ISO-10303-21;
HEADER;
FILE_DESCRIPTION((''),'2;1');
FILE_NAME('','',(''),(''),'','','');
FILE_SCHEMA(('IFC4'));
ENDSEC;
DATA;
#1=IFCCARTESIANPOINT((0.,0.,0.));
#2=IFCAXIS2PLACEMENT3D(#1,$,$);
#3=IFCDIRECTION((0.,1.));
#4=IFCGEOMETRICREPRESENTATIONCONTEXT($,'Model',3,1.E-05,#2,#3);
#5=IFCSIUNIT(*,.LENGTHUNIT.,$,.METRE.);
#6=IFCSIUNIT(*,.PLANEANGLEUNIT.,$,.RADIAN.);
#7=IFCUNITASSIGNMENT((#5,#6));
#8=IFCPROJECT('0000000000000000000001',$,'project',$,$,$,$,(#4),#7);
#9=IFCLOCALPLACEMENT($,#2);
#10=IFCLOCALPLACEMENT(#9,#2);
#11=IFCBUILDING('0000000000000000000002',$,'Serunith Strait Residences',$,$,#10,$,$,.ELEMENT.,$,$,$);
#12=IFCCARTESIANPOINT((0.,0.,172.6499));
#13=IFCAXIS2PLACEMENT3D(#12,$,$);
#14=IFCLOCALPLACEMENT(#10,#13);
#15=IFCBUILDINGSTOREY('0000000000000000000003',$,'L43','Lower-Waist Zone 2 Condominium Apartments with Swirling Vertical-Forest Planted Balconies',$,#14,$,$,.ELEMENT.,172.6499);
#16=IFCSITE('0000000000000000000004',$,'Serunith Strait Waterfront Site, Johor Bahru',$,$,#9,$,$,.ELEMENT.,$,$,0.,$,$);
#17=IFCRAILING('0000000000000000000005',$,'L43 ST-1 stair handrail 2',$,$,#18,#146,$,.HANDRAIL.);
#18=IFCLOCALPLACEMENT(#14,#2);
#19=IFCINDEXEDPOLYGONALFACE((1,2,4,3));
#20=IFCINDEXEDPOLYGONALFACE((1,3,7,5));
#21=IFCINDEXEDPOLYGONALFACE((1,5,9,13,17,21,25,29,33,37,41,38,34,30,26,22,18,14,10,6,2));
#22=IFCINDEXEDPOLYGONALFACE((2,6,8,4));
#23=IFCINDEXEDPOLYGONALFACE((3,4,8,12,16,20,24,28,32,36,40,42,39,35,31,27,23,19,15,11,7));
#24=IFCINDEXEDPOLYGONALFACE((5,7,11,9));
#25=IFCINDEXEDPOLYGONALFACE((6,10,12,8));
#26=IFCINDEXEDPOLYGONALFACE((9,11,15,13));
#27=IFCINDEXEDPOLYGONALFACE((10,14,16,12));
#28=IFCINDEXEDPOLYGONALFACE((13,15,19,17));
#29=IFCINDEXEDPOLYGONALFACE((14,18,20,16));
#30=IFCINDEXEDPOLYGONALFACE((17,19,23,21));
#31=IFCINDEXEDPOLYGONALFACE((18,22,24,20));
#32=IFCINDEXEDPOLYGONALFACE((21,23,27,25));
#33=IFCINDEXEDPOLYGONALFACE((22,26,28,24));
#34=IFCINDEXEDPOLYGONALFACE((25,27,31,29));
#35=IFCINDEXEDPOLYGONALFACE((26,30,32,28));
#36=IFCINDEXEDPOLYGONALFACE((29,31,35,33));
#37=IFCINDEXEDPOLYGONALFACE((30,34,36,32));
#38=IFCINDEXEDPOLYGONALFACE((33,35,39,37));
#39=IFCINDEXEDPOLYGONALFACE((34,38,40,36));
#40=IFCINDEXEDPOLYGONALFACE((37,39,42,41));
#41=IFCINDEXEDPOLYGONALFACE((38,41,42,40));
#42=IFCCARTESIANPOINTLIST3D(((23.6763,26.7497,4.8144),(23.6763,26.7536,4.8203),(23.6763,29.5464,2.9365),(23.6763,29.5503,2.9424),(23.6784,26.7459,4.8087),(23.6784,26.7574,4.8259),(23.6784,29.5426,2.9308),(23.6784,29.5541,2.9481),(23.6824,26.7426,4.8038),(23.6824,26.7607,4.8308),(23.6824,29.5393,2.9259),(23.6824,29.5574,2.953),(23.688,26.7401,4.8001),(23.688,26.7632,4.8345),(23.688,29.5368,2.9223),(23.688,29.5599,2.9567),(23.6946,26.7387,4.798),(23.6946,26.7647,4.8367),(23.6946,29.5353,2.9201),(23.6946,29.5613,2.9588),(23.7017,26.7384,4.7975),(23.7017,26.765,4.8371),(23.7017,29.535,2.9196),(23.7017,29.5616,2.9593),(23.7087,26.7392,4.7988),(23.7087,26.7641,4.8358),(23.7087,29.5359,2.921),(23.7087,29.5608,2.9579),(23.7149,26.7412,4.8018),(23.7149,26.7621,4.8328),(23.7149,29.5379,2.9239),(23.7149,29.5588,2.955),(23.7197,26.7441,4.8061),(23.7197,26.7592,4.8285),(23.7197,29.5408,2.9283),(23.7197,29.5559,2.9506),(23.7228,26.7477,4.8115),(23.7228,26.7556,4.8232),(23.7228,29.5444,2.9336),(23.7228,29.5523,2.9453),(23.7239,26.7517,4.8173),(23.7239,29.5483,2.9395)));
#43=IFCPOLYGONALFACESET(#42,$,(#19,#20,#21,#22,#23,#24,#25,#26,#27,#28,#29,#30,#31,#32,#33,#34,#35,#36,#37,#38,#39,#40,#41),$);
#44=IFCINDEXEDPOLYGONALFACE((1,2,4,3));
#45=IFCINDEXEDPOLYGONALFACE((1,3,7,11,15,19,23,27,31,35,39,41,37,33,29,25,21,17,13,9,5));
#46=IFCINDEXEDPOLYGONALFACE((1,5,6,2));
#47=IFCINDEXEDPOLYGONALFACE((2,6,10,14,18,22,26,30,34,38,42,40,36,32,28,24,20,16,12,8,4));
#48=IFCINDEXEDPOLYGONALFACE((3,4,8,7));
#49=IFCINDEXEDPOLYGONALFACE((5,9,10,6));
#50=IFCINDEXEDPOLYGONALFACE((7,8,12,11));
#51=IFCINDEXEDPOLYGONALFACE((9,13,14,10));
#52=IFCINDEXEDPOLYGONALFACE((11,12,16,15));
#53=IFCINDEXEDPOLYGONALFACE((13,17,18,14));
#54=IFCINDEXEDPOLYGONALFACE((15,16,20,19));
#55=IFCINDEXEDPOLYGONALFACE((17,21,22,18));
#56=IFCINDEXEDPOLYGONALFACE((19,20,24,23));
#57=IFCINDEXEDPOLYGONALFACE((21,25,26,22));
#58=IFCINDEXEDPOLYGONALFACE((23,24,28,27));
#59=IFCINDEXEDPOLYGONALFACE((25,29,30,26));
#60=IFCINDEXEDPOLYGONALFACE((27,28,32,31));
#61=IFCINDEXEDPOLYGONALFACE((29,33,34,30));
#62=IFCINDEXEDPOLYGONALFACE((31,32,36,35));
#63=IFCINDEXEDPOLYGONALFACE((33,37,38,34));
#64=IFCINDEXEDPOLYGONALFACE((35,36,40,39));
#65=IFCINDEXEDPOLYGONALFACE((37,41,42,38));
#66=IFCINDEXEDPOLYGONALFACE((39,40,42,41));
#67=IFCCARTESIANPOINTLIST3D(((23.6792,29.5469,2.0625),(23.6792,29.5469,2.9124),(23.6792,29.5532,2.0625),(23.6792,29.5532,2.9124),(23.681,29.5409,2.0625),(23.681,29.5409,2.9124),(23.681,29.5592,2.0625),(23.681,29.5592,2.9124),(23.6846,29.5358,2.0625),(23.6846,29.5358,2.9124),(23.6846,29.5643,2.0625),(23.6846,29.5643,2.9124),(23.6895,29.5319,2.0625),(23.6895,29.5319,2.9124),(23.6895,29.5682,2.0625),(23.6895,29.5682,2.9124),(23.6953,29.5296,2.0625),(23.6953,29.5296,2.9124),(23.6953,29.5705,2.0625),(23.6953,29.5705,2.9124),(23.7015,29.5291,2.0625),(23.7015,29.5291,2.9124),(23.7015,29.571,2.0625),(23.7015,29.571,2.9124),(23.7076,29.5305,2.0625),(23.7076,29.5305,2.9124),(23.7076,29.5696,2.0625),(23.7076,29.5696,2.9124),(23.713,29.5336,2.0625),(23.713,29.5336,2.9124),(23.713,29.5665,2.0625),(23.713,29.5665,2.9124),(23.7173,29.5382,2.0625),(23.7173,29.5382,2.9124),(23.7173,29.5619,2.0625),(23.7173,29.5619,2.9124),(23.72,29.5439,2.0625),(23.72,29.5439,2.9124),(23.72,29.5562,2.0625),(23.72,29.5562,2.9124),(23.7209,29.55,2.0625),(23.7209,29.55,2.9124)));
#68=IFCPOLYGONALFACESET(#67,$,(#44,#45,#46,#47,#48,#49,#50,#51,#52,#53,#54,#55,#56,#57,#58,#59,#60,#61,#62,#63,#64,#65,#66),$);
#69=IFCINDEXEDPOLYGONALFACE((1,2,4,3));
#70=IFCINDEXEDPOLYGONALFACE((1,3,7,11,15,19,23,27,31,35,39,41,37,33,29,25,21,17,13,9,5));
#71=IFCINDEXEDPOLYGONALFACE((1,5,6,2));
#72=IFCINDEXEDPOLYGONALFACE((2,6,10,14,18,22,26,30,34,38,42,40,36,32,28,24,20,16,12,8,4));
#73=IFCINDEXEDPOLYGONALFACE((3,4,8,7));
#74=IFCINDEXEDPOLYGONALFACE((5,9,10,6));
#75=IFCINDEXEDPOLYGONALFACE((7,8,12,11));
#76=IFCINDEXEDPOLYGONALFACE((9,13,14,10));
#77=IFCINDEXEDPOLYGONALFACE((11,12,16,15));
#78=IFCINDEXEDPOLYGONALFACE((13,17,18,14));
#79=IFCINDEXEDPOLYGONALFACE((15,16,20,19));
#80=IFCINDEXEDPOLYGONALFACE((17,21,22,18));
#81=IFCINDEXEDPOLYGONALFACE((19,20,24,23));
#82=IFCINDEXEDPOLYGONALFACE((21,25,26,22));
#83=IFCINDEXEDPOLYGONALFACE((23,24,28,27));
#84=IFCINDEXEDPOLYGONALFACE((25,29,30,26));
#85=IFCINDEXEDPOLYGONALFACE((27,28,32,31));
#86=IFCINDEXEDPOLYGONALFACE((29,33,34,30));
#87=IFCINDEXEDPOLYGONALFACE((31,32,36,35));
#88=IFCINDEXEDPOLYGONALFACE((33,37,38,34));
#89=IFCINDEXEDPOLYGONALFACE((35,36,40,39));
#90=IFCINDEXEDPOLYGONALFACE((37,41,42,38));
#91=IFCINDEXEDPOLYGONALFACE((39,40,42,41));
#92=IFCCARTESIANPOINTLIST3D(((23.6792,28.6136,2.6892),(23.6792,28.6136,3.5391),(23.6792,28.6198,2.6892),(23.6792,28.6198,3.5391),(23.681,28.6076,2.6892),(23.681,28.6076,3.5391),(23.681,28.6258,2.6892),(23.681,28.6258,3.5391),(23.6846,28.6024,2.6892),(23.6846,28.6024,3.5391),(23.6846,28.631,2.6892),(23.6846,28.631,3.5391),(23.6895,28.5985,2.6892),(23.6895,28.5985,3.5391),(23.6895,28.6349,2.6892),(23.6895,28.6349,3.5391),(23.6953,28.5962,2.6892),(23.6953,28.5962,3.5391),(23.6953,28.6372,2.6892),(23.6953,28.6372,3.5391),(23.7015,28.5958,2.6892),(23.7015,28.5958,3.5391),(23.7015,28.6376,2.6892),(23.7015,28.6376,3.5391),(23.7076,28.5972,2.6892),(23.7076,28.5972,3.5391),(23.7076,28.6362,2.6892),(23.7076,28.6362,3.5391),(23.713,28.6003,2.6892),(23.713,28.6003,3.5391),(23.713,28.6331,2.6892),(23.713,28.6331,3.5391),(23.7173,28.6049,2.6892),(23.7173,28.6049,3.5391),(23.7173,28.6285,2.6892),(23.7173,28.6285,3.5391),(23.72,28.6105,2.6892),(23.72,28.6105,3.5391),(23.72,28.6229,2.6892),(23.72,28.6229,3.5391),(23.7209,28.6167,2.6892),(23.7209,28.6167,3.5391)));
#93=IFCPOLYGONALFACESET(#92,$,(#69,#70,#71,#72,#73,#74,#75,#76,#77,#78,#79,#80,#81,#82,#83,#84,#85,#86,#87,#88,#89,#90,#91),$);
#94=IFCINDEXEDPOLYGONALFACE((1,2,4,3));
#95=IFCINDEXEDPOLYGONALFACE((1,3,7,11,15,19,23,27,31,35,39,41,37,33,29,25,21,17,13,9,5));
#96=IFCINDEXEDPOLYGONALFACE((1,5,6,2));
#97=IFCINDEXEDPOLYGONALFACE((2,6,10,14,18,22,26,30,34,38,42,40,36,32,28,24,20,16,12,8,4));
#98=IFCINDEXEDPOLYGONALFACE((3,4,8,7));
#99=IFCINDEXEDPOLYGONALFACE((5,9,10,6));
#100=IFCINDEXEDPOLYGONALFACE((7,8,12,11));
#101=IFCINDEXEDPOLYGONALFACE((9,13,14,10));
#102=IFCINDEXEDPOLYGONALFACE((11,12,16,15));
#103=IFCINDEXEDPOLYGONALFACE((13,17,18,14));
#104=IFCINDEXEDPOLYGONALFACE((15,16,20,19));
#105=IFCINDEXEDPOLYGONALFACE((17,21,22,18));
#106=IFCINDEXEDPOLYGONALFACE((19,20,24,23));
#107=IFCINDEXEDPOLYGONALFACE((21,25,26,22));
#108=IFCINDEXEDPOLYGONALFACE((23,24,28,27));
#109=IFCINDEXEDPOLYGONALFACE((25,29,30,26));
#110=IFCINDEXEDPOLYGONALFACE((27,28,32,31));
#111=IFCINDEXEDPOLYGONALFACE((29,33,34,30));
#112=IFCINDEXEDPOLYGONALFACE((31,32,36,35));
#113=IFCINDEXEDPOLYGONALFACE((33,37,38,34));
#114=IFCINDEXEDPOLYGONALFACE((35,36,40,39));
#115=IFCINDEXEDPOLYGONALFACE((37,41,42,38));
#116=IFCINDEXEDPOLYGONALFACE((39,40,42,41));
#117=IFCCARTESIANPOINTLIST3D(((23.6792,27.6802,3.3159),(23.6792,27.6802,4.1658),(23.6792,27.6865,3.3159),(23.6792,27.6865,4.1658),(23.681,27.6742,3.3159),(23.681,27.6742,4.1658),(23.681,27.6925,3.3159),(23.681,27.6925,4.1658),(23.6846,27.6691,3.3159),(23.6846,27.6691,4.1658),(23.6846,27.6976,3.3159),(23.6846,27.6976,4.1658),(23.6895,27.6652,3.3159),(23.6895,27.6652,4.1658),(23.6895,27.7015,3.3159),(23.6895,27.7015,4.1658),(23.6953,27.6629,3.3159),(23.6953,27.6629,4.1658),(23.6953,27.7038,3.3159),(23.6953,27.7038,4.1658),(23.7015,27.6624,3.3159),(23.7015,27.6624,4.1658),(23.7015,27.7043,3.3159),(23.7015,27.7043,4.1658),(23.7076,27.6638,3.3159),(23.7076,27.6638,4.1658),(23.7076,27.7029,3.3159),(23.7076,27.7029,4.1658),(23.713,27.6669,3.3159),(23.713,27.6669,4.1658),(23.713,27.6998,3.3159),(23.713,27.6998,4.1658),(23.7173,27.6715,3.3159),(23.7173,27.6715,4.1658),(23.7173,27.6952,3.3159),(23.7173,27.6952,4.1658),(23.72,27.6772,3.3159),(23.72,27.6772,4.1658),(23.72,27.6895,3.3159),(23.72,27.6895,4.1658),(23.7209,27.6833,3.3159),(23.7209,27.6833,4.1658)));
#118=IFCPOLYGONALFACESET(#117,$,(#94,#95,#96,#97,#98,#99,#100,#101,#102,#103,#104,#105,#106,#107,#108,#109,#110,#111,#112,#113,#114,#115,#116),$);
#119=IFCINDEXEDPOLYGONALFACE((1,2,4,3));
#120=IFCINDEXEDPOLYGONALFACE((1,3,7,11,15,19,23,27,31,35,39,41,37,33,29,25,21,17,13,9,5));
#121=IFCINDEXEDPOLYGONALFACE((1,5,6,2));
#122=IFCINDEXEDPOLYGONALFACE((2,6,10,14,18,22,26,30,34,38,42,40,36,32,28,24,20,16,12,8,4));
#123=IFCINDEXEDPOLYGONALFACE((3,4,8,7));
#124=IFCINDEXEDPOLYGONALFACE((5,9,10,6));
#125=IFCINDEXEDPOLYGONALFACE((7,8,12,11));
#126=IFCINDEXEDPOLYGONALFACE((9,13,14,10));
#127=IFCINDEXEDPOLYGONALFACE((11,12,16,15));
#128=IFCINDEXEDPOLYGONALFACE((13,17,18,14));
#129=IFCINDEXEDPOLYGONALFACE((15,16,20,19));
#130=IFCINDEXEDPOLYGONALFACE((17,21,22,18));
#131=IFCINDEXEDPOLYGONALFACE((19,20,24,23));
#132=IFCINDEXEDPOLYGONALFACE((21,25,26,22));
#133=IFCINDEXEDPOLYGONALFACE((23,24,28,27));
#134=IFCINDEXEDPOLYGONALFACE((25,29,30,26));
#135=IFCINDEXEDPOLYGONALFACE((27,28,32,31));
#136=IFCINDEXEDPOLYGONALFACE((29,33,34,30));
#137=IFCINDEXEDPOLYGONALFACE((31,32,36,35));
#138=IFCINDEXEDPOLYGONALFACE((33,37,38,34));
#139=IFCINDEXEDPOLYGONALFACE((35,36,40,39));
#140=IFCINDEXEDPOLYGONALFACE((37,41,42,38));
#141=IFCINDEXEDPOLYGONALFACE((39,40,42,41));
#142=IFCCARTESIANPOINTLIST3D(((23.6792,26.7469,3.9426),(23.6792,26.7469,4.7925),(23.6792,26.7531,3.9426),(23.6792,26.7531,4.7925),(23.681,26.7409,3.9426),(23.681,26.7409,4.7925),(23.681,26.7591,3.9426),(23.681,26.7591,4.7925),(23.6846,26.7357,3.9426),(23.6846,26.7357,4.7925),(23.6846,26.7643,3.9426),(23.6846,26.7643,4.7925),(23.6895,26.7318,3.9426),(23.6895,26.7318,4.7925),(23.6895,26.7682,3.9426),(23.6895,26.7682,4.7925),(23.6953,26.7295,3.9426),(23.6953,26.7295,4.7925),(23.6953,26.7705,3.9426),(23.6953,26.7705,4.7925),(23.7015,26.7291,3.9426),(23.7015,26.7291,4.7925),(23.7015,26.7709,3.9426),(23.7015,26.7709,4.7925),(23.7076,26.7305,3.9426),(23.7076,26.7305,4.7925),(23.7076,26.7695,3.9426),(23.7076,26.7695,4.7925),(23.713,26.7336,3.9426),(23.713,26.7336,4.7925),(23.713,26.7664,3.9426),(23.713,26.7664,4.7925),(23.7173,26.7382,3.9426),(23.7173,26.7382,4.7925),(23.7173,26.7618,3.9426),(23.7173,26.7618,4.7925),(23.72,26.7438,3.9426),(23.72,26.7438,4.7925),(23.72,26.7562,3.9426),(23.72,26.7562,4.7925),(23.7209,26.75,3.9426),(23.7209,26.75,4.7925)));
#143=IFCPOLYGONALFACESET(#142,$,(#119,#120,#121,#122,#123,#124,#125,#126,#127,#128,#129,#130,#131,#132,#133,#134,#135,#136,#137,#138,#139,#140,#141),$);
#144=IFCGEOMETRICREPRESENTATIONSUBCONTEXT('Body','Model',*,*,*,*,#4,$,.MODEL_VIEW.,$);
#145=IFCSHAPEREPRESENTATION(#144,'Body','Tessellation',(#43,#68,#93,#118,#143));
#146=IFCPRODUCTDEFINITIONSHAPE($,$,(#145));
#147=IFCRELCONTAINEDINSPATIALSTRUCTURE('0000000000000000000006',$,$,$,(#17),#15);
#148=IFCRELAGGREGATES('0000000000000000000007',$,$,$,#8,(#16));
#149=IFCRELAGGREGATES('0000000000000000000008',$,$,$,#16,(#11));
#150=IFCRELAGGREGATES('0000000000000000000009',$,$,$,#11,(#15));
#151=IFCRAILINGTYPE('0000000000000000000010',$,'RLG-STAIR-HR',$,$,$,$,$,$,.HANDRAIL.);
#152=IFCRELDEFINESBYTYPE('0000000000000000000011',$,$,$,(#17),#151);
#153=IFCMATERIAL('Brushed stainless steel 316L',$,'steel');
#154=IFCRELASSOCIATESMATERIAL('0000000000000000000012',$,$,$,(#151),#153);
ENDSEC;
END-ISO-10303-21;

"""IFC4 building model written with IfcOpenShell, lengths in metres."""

from ifc_helpers import new_model, si_unit, direction, frame, origin, origin_2d, place, context, subcontext, project, spatial, circle, extrude, material, type_object, element, save


model = new_model("IFC4")

# Units and contexts
model_context = context("Model", 3, precision=1e-05, world=origin(), true_north=direction((0.0, 1.0)))
body_context = subcontext(model_context, "Body", "Model", "MODEL_VIEW")
ifc_project = project(units=[si_unit("LENGTHUNIT", "METRE"), si_unit("PLANEANGLEUNIT", "RADIAN")], contexts=[model_context])

# Site, building, storey
site_placement = place(None, origin())
site = spatial("IfcSite", under=ifc_project, at=site_placement, Name="Serunith Strait Waterfront Site, Johor Bahru", CompositionType="ELEMENT", RefElevation=0.0)
building_placement = place(site_placement, origin())
building = spatial("IfcBuilding", under=site, at=building_placement, Name="Serunith Strait Residences", CompositionType="ELEMENT")
storey_placement = place(building_placement, frame((0.0, 0.0, 172.6499)))
storey = spatial("IfcBuildingStorey", under=building, at=storey_placement, Name="L43", Description="Lower-Waist Zone 2 Condominium Apartments with Swirling Vertical-Forest Planted Balconies", CompositionType="ELEMENT", Elevation=172.6499)

# Railing
ifc_material_1 = material(Name="Brushed stainless steel 316L", Category="steel")
railing_type_1 = type_object("IfcRailingType", Name="RLG-STAIR-HR", PredefinedType="HANDRAIL", material=ifc_material_1)
railing_1_placement = place(storey_placement, frame((23.7, 29.55, 2.0625)))
element("IfcRailing", 1, at=railing_1_placement, inside=storey, type_object=railing_type_1, Name="L43 ST-1 stair handrail 2", PredefinedType="HANDRAIL", context=body_context, shape_type="SweptSolid", body=[
    extrude(circle(Radius=0.0239, at=origin_2d()), frame((0.0, -0.0017, 0.877), z_axis=(0.0, -0.830208, 0.557453), x_axis=(1.0, 0.0, 0.0)), (0.0, 0.0, 1.0), 3.3687),
    extrude(circle(Radius=0.021, at=origin_2d()), origin(), (0.0, 0.0, 1.0), 0.8499),
    extrude(circle(Radius=0.021, at=origin_2d()), frame((0.0, -0.9333, 0.6267)), (0.0, 0.0, 1.0), 0.8499),
    extrude(circle(Radius=0.021, at=origin_2d()), frame((0.0, -1.8667, 1.2534)), (0.0, 0.0, 1.0), 0.8499),
    extrude(circle(Radius=0.021, at=origin_2d()), frame((0.0, -2.8, 1.8801)), (0.0, 0.0, 1.0), 0.8499),
])

save(model, "model.ifc")
